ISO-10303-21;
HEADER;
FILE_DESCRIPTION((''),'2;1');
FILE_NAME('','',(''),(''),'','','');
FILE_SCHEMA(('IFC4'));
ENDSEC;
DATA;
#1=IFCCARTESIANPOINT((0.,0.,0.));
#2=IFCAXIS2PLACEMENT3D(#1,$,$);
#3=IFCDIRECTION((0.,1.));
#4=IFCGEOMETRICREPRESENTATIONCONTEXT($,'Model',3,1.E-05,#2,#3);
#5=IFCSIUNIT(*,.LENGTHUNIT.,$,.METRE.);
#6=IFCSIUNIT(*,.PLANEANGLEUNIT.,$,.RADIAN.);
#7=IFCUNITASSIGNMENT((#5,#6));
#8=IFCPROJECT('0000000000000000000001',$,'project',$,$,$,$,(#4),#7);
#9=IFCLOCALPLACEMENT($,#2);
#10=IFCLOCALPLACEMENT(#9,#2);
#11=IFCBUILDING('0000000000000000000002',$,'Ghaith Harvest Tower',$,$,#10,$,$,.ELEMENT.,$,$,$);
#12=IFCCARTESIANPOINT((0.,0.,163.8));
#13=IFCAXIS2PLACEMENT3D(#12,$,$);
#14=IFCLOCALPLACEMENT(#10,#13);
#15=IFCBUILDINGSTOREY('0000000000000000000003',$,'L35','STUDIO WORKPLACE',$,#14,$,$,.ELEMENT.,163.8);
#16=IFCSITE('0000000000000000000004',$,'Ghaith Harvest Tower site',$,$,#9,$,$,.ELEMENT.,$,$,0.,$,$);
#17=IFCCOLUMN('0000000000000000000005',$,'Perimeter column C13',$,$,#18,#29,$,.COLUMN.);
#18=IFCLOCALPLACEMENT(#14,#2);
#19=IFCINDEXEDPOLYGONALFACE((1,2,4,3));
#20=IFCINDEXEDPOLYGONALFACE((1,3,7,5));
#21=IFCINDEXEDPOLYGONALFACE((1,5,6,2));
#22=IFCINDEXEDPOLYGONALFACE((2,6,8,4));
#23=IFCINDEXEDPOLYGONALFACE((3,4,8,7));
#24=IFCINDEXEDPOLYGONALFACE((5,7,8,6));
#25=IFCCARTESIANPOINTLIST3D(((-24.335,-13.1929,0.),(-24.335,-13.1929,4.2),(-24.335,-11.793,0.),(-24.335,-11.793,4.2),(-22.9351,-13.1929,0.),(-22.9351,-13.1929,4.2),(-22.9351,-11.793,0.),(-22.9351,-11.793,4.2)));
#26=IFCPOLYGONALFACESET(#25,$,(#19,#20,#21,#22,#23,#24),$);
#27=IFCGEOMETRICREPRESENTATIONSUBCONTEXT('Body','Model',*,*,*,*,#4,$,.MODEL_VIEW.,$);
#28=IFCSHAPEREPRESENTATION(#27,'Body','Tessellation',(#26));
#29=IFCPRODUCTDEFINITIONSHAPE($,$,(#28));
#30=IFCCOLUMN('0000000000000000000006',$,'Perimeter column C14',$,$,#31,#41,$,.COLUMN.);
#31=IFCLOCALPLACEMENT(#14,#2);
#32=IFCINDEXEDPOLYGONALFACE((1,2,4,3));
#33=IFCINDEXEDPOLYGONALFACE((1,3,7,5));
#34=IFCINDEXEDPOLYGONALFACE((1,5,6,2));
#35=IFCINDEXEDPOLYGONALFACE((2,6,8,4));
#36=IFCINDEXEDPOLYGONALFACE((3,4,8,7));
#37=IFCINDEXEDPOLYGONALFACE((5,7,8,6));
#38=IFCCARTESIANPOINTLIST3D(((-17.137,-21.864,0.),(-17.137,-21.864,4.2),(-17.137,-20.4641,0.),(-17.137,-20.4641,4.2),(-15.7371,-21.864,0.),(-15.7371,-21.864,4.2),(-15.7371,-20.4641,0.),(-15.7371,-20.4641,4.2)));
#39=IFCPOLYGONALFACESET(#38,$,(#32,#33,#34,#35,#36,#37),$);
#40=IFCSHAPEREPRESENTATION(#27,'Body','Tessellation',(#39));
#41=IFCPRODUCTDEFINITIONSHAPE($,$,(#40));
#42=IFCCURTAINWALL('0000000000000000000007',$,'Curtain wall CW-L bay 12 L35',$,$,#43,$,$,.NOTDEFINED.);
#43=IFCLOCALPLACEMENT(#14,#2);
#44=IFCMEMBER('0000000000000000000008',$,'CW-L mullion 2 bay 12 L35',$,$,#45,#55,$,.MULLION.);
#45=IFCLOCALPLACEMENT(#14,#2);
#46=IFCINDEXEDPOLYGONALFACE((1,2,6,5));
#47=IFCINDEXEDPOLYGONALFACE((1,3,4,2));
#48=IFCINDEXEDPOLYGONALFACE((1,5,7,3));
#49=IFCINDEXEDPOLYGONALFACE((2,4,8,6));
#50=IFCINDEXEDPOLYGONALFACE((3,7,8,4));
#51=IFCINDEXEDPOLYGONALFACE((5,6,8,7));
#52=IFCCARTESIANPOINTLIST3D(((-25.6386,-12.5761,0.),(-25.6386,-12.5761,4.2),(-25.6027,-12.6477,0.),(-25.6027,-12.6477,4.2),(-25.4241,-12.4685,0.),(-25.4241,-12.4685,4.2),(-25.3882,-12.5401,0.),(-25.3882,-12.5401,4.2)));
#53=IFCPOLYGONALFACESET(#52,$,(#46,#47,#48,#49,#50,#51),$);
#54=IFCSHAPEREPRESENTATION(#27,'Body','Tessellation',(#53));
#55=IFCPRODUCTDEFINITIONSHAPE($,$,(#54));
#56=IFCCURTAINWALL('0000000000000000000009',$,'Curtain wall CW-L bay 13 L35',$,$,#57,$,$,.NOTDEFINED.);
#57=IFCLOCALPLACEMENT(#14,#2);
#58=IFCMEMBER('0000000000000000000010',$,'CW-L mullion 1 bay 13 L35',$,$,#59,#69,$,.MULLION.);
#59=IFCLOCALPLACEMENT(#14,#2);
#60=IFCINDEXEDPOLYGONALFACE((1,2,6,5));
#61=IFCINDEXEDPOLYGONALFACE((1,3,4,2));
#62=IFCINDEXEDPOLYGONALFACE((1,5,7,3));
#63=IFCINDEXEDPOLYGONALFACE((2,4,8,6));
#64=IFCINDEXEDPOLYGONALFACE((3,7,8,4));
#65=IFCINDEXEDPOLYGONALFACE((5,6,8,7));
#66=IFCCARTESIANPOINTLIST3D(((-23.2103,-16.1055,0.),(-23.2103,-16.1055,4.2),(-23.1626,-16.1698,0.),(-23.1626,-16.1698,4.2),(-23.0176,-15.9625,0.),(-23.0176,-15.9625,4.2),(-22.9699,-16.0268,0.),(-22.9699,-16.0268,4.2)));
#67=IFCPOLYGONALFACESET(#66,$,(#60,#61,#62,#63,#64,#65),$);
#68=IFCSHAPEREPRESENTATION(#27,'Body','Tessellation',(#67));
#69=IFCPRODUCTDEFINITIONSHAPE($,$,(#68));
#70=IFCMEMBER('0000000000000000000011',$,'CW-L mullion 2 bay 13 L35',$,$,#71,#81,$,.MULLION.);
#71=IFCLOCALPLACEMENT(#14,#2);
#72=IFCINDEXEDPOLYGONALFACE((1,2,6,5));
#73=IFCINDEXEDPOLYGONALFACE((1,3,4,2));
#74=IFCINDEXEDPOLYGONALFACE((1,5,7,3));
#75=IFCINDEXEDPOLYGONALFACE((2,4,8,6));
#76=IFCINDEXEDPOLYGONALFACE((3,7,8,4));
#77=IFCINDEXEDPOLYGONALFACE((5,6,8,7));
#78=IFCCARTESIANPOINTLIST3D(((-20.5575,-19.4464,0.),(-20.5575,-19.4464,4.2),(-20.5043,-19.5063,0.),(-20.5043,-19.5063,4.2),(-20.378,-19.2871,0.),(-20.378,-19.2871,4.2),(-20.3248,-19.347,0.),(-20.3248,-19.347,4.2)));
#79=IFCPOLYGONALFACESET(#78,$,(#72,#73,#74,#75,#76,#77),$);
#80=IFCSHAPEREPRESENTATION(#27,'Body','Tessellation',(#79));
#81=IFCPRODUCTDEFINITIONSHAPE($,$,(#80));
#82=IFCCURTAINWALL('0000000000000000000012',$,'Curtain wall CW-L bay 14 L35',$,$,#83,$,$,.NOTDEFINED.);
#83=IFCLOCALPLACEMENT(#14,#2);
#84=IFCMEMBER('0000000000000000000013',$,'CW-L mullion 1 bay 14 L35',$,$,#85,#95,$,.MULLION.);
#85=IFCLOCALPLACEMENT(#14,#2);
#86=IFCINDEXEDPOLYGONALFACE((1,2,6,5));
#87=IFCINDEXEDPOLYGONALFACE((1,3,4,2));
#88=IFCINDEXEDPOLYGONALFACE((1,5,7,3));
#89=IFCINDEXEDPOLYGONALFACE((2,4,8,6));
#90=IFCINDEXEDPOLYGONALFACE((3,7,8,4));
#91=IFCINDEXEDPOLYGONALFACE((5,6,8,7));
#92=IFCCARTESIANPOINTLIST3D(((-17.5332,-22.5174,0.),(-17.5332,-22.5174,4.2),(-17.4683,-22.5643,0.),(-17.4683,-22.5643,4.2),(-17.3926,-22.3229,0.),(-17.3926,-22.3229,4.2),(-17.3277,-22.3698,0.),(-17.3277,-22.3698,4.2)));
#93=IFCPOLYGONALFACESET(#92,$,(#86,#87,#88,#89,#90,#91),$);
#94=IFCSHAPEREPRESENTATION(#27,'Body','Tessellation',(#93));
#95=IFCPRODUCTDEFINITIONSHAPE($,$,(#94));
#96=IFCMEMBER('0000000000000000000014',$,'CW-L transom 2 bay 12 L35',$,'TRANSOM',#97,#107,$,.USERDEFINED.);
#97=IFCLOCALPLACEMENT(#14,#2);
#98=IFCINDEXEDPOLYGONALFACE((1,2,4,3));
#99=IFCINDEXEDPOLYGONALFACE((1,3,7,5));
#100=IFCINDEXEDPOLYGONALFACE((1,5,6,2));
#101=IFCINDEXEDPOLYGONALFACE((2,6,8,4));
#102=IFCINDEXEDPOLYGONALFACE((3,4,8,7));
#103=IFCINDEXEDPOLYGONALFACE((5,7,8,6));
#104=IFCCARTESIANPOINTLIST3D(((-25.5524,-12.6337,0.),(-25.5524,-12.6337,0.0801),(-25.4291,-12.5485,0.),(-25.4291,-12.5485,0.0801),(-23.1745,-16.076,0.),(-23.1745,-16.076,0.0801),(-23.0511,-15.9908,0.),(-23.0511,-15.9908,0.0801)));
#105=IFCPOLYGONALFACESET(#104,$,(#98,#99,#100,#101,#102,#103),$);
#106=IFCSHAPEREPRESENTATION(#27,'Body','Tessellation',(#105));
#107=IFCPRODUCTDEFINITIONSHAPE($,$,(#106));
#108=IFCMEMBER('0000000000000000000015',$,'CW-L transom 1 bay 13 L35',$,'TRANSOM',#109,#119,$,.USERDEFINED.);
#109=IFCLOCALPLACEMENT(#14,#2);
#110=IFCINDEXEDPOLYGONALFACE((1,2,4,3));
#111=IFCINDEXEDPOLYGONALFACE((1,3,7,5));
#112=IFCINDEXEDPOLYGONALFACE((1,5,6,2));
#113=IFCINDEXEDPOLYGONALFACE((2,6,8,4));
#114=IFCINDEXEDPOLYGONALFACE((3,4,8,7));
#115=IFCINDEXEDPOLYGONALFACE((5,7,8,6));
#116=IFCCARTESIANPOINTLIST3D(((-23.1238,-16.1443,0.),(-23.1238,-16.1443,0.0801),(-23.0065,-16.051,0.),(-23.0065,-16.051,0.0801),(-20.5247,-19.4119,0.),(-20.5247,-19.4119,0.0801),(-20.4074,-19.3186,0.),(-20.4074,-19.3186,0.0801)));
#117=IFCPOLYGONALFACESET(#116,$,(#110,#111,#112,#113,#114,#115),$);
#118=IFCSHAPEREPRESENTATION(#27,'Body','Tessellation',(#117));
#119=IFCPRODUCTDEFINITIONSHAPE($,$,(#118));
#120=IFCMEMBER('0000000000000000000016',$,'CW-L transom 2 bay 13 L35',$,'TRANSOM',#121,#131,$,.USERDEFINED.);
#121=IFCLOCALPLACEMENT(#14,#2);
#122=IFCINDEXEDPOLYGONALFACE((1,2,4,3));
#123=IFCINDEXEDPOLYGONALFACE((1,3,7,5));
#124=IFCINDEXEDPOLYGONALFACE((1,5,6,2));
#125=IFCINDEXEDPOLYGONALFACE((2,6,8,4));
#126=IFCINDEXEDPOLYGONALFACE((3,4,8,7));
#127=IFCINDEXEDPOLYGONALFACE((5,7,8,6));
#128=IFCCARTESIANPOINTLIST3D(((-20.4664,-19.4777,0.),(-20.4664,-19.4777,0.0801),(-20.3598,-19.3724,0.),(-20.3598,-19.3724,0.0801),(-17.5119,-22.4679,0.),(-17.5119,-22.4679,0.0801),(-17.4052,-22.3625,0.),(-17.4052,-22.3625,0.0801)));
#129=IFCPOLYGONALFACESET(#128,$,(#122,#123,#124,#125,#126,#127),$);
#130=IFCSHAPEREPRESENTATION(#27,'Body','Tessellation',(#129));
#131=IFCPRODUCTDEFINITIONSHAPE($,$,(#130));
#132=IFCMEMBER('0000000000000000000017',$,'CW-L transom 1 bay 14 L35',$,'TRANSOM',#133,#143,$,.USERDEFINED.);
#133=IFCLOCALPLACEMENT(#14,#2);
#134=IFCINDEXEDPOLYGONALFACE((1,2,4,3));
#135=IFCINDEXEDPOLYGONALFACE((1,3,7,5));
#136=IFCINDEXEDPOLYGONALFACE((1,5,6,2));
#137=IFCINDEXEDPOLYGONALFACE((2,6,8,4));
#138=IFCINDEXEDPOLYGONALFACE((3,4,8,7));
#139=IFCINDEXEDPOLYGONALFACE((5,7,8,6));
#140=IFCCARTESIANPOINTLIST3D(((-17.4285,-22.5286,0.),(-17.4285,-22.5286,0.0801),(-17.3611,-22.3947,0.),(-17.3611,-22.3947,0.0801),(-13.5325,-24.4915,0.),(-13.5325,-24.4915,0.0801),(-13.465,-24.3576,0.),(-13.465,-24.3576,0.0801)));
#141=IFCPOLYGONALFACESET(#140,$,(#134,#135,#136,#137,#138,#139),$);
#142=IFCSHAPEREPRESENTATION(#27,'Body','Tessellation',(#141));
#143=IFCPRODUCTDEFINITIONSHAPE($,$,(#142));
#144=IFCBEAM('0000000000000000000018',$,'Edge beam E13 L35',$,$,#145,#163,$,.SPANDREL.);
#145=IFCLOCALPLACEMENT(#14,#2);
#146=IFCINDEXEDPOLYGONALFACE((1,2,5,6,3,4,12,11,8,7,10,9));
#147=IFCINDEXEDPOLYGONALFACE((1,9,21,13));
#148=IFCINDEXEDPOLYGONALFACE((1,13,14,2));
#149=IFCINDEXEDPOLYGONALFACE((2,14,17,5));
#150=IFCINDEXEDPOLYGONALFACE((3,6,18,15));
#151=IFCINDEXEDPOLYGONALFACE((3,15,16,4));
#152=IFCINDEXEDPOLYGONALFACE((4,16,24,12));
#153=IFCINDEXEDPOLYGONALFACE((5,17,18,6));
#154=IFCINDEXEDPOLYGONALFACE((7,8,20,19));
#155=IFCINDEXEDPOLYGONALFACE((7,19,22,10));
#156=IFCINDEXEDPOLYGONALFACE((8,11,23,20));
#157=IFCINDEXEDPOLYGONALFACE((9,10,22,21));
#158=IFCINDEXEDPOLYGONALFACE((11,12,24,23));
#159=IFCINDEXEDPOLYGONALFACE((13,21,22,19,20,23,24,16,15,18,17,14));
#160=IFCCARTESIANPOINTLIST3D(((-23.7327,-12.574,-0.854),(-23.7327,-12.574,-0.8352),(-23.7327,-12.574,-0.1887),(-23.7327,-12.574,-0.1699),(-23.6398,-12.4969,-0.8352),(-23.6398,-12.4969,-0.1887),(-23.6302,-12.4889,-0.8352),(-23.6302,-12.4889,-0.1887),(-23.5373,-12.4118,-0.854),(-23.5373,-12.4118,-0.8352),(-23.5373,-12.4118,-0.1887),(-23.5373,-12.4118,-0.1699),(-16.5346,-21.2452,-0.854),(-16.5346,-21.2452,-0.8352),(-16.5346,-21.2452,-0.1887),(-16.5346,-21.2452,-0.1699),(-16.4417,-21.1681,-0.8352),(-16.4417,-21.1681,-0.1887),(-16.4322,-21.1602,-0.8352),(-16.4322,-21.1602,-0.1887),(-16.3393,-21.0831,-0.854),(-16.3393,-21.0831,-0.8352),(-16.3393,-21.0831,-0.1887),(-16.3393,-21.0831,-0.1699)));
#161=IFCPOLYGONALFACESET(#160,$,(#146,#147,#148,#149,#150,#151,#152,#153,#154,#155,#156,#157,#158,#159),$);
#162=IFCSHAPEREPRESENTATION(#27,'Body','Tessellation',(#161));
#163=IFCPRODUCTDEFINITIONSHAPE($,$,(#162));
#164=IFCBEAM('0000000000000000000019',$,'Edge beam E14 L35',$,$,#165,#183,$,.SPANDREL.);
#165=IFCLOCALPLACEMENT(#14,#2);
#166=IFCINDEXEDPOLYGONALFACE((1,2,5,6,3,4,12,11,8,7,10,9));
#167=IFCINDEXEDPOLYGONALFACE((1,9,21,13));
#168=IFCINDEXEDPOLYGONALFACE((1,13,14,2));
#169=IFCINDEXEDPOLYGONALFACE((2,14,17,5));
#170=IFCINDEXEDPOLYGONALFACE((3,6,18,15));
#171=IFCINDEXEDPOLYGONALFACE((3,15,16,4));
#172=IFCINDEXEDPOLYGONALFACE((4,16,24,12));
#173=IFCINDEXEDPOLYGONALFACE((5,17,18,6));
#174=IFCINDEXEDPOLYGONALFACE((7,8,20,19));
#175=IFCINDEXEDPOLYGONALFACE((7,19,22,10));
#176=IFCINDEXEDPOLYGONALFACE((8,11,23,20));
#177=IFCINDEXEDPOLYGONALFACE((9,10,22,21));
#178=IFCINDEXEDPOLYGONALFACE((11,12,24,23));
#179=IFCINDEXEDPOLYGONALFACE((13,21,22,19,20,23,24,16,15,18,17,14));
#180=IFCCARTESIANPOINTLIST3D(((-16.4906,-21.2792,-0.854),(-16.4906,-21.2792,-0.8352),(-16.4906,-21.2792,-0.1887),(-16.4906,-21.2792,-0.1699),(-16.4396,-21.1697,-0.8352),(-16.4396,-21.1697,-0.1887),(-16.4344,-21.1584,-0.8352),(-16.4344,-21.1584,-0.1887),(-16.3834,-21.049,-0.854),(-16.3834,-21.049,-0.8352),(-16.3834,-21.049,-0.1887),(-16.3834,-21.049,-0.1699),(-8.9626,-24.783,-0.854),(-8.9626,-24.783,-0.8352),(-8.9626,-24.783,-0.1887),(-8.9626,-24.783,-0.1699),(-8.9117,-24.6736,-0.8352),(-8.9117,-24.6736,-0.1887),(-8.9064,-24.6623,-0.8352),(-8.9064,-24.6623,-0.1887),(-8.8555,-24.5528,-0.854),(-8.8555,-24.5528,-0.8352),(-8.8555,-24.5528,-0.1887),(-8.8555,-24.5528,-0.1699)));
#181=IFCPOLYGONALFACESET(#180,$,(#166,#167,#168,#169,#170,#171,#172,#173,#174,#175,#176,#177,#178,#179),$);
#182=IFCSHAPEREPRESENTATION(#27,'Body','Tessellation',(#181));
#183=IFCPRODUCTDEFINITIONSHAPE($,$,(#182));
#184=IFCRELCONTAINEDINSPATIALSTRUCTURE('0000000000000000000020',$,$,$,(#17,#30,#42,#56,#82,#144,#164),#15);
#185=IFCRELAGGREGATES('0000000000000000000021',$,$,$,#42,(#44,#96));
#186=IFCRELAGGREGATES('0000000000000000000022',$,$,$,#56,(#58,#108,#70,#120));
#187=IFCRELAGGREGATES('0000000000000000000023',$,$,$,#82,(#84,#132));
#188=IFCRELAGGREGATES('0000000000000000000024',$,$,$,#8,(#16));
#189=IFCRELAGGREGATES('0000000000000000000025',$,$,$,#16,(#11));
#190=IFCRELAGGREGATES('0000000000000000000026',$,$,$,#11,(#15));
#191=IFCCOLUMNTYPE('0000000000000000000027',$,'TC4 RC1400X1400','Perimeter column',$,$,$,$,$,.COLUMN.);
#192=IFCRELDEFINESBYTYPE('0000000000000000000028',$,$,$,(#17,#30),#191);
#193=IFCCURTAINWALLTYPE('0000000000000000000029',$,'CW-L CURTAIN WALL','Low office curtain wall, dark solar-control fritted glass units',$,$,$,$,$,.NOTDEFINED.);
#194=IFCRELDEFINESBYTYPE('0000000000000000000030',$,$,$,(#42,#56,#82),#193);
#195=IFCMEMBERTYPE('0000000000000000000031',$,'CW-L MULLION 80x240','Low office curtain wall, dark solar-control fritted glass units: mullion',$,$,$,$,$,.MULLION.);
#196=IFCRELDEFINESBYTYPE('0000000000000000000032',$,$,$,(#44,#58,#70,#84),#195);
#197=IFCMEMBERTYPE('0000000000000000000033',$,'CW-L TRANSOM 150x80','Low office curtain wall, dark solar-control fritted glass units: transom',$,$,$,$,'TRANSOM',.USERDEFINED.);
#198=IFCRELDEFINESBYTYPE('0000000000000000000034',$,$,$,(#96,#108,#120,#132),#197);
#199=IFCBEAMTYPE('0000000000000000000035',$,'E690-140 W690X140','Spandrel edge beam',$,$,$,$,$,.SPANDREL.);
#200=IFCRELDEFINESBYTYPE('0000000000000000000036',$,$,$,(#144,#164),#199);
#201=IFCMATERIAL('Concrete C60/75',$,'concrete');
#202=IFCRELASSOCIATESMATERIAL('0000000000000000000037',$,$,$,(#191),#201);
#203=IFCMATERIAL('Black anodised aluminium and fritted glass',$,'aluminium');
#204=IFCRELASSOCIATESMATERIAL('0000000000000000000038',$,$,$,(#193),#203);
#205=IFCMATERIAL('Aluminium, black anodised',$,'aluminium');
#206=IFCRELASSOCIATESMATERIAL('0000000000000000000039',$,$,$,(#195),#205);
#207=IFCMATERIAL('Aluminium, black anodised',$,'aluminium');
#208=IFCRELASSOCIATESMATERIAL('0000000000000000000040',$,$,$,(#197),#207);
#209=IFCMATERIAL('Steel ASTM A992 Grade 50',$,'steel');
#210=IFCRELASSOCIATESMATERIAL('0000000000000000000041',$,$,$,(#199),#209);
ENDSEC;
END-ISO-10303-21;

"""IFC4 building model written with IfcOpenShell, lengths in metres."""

from ifc_helpers import new_model, si_unit, direction, frame, origin, origin_2d, place, context, subcontext, project, spatial, rectangle, i_section, extrude, material, material_profile, profile_set, type_object, element, aggregate, save


model = new_model("IFC4")

# Units and contexts
model_context = context("Model", 3, precision=1e-05, world=origin(), true_north=direction((0.0, 1.0)))
body_context = subcontext(model_context, "Body", "Model", "MODEL_VIEW")
ifc_project = project(units=[si_unit("LENGTHUNIT", "METRE"), si_unit("PLANEANGLEUNIT", "RADIAN")], contexts=[model_context])

# Site, building, storey
site_placement = place(None, origin())
site = spatial("IfcSite", under=ifc_project, at=site_placement, Name="Ghaith Harvest Tower site", CompositionType="ELEMENT", RefElevation=0.0)
building_placement = place(site_placement, origin())
building = spatial("IfcBuilding", under=site, at=building_placement, Name="Ghaith Harvest Tower", CompositionType="ELEMENT")
storey_placement = place(building_placement, frame((0.0, 0.0, 163.8)))
storey = spatial("IfcBuildingStorey", under=building, at=storey_placement, Name="L35", Description="STUDIO WORKPLACE", CompositionType="ELEMENT", Elevation=163.8)

# Columns
ifc_material_1 = material(Name="Concrete C60/75", Category="concrete")
ifc_material_profile_1 = material_profile(ifc_material_1, rectangle(XDim=1.3999, YDim=1.3999, at=origin_2d()), Name="RC1400X1400")
ifc_profile_set_1 = profile_set([ifc_material_profile_1], Name="Concrete C60/75")
column_type = type_object("IfcColumnType", Name="TC4 RC1400X1400", Description="Perimeter column", PredefinedType="COLUMN", material=ifc_profile_set_1)
for number, where, z_axis, x_axis, name in (
    (1, (-23.635, -12.4929, 0.0), (0.0, 0.0, 1.0), (1.0, 0.0, 0.0), "Perimeter column C13"),
    (2, (-16.437, -21.1641, 0.0), (0.0, 0.0, 1.0), (1.0, 0.0, 0.0), "Perimeter column C14"),
):
    element("IfcColumn", number, at=place(storey_placement, frame(where, z_axis=z_axis, x_axis=x_axis)), inside=storey, type_object=column_type, Name=name, PredefinedType="COLUMN", context=body_context, shape_type="SweptSolid", body=[
        extrude(rectangle(XDim=1.3999, YDim=1.3999, at=origin_2d()), origin(), (0.0, 0.0, 1.0), 4.2),
    ])

# Curtain wall, member
ifc_material_2 = material(Name="Black anodised aluminium and fritted glass", Category="aluminium")
curtain_wall_type = type_object("IfcCurtainWallType", Name="CW-L CURTAIN WALL", Description="Low office curtain wall, dark solar-control fritted glass units", PredefinedType="NOTDEFINED", material=ifc_material_2)
curtain_wall_1_placement = place(storey_placement, origin())
curtain_wall_1 = element("IfcCurtainWall", 3, at=curtain_wall_1_placement, inside=storey, type_object=curtain_wall_type, Name="Curtain wall CW-L bay 12 L35", PredefinedType="NOTDEFINED")
ifc_material_3 = material(Name="Aluminium, black anodised", Category="aluminium")
ifc_material_profile_2 = material_profile(ifc_material_3, rectangle(XDim=0.0801, YDim=0.24, at=origin_2d()), Name="CW-L MULLION 80x240")
ifc_profile_set_2 = profile_set([ifc_material_profile_2], Name="Aluminium, black anodised")
member_type_1 = type_object("IfcMemberType", Name="CW-L MULLION 80x240", Description="Low office curtain wall, dark solar-control fritted glass units: mullion", PredefinedType="MULLION", material=ifc_profile_set_2)
member_1_placement = place(storey_placement, frame((-25.5134, -12.5581, 0.0), z_axis=(0.0, 0.0, 1.0), x_axis=(0.448267, -0.8939, 0.0)))
member_1 = element("IfcMember", 4, at=member_1_placement, type_object=member_type_1, Name="CW-L mullion 2 bay 12 L35", PredefinedType="MULLION", context=body_context, shape_type="SweptSolid", body=[
    extrude(rectangle(XDim=0.0801, YDim=0.24, at=origin_2d()), origin(), (0.0, 0.0, 1.0), 4.2),
])

# Curtain wall, members
curtain_wall_2_placement = place(storey_placement, origin())
curtain_wall_2 = element("IfcCurtainWall", 5, at=curtain_wall_2_placement, inside=storey, type_object=curtain_wall_type, Name="Curtain wall CW-L bay 13 L35", PredefinedType="NOTDEFINED")
member_2_placement = place(storey_placement, frame((-23.0901, -16.0662, 0.0), z_axis=(0.0, 0.0, 1.0), x_axis=(0.59574, -0.803177, 0.0)))
member_2 = element("IfcMember", 6, at=member_2_placement, type_object=member_type_1, Name="CW-L mullion 1 bay 13 L35", PredefinedType="MULLION", context=body_context, shape_type="SweptSolid", body=[
    extrude(rectangle(XDim=0.0801, YDim=0.24, at=origin_2d()), origin(), (0.0, 0.0, 1.0), 4.2),
])
member_3_placement = place(storey_placement, frame((-20.4412, -19.3967, 0.0), z_axis=(0.0, 0.0, 1.0), x_axis=(0.663765, -0.747941, 0.0)))
member_3 = element("IfcMember", 7, at=member_3_placement, type_object=member_type_1, Name="CW-L mullion 2 bay 13 L35", PredefinedType="MULLION", context=body_context, shape_type="SweptSolid", body=[
    extrude(rectangle(XDim=0.0801, YDim=0.24, at=origin_2d()), origin(), (0.0, 0.0, 1.0), 4.2),
])

# Curtain wall, member
curtain_wall_3_placement = place(storey_placement, origin())
curtain_wall_3 = element("IfcCurtainWall", 8, at=curtain_wall_3_placement, inside=storey, type_object=curtain_wall_type, Name="Curtain wall CW-L bay 14 L35", PredefinedType="NOTDEFINED")
member_4_placement = place(storey_placement, frame((-17.4304, -22.4436, 0.0), z_axis=(0.0, 0.0, 1.0), x_axis=(0.810339, -0.585961, 0.0)))
member_4 = element("IfcMember", 9, at=member_4_placement, type_object=member_type_1, Name="CW-L mullion 1 bay 14 L35", PredefinedType="MULLION", context=body_context, shape_type="SweptSolid", body=[
    extrude(rectangle(XDim=0.0801, YDim=0.24, at=origin_2d()), origin(), (0.0, 0.0, 1.0), 4.2),
])

# Members
ifc_material_4 = material(Name="Aluminium, black anodised", Category="aluminium")
ifc_material_profile_3 = material_profile(ifc_material_4, rectangle(XDim=0.1499, YDim=0.0801, at=origin_2d()), Name="CW-L TRANSOM 150x80")
ifc_profile_set_3 = profile_set([ifc_material_profile_3], Name="Aluminium, black anodised")
member_type_2 = type_object("IfcMemberType", Name="CW-L TRANSOM 150x80", Description="Low office curtain wall, dark solar-control fritted glass units: transom", ElementType="TRANSOM", PredefinedType="USERDEFINED", material=ifc_profile_set_3)
member_5_placement = place(storey_placement, frame((-25.4907, -12.5911, 0.04), z_axis=(0.56836, -0.82278, 0.0), x_axis=(0.82278, 0.56836, 0.0)))
member_5 = element("IfcMember", 10, at=member_5_placement, type_object=member_type_2, Name="CW-L transom 2 bay 12 L35", ObjectType="TRANSOM", PredefinedType="USERDEFINED", context=body_context, shape_type="SweptSolid", body=[
    extrude(rectangle(XDim=0.1499, YDim=0.0801, at=origin_2d()), origin(), (0.0, 0.0, 1.0), 4.1838),
])
member_6_placement = place(storey_placement, frame((-23.0652, -16.0977, 0.04), z_axis=(0.622511, -0.782611, 0.0), x_axis=(0.782611, 0.622511, 0.0)))
member_6 = element("IfcMember", 11, at=member_6_placement, type_object=member_type_2, Name="CW-L transom 1 bay 13 L35", ObjectType="TRANSOM", PredefinedType="USERDEFINED", context=body_context, shape_type="SweptSolid", body=[
    extrude(rectangle(XDim=0.1499, YDim=0.0801, at=origin_2d()), origin(), (0.0, 0.0, 1.0), 4.1753),
])
member_7_placement = place(storey_placement, frame((-20.4131, -19.425, 0.04), z_axis=(0.702854, -0.711334, 0.0), x_axis=(0.711334, 0.702854, 0.0)))
member_7 = element("IfcMember", 12, at=member_7_placement, type_object=member_type_2, Name="CW-L transom 2 bay 13 L35", ObjectType="TRANSOM", PredefinedType="USERDEFINED", context=body_context, shape_type="SweptSolid", body=[
    extrude(rectangle(XDim=0.1499, YDim=0.0801, at=origin_2d()), origin(), (0.0, 0.0, 1.0), 4.2036),
])
member_8_placement = place(storey_placement, frame((-17.3948, -22.4617, 0.04), z_axis=(0.893058, -0.449943, 0.0), x_axis=(0.449943, 0.893058, 0.0)))
member_8 = element("IfcMember", 13, at=member_8_placement, type_object=member_type_2, Name="CW-L transom 1 bay 14 L35", ObjectType="TRANSOM", PredefinedType="USERDEFINED", context=body_context, shape_type="SweptSolid", body=[
    extrude(rectangle(XDim=0.1499, YDim=0.0801, at=origin_2d()), origin(), (0.0, 0.0, 1.0), 4.3625),
])

# Beams
ifc_material_5 = material(Name="Steel ASTM A992 Grade 50", Category="steel")
ifc_material_profile_4 = material_profile(ifc_material_5, i_section(OverallWidth=0.2539, OverallDepth=0.6841, WebThickness=0.0125, FlangeThickness=0.0188, at=origin_2d()), Name="W690X140")
ifc_profile_set_4 = profile_set([ifc_material_profile_4], Name="Steel ASTM A992 Grade 50")
beam_type = type_object("IfcBeamType", Name="E690-140 W690X140", Description="Spandrel edge beam", PredefinedType="SPANDREL", material=ifc_profile_set_4)
beam_1_placement = place(storey_placement, frame((-23.635, -12.4929, -0.512), z_axis=(0.638719, -0.76944, 0.0), x_axis=(0.76944, 0.638719, 0.0)))
element("IfcBeam", 14, at=beam_1_placement, inside=storey, type_object=beam_type, Name="Edge beam E13 L35", PredefinedType="SPANDREL", context=body_context, shape_type="SweptSolid", body=[
    extrude(i_section(OverallWidth=0.2539, OverallDepth=0.6841, WebThickness=0.0125, FlangeThickness=0.0188, at=origin_2d()), origin(), (0.0, 0.0, 1.0), 11.2695),
])
beam_2_placement = place(storey_placement, frame((-16.437, -21.1641, -0.512), z_axis=(0.906607, -0.421976, 0.0), x_axis=(0.421976, 0.906607, 0.0)))
element("IfcBeam", 15, at=beam_2_placement, inside=storey, type_object=beam_type, Name="Edge beam E14 L35", PredefinedType="SPANDREL", context=body_context, shape_type="SweptSolid", body=[
    extrude(i_section(OverallWidth=0.2539, OverallDepth=0.6841, WebThickness=0.0125, FlangeThickness=0.0188, at=origin_2d()), origin(), (0.0, 0.0, 1.0), 8.3035),
])

aggregate(curtain_wall_1, [member_1, member_5])
aggregate(curtain_wall_2, [member_2, member_6, member_3, member_7])
aggregate(curtain_wall_3, [member_4, member_8])

save(model, "model.ifc")
